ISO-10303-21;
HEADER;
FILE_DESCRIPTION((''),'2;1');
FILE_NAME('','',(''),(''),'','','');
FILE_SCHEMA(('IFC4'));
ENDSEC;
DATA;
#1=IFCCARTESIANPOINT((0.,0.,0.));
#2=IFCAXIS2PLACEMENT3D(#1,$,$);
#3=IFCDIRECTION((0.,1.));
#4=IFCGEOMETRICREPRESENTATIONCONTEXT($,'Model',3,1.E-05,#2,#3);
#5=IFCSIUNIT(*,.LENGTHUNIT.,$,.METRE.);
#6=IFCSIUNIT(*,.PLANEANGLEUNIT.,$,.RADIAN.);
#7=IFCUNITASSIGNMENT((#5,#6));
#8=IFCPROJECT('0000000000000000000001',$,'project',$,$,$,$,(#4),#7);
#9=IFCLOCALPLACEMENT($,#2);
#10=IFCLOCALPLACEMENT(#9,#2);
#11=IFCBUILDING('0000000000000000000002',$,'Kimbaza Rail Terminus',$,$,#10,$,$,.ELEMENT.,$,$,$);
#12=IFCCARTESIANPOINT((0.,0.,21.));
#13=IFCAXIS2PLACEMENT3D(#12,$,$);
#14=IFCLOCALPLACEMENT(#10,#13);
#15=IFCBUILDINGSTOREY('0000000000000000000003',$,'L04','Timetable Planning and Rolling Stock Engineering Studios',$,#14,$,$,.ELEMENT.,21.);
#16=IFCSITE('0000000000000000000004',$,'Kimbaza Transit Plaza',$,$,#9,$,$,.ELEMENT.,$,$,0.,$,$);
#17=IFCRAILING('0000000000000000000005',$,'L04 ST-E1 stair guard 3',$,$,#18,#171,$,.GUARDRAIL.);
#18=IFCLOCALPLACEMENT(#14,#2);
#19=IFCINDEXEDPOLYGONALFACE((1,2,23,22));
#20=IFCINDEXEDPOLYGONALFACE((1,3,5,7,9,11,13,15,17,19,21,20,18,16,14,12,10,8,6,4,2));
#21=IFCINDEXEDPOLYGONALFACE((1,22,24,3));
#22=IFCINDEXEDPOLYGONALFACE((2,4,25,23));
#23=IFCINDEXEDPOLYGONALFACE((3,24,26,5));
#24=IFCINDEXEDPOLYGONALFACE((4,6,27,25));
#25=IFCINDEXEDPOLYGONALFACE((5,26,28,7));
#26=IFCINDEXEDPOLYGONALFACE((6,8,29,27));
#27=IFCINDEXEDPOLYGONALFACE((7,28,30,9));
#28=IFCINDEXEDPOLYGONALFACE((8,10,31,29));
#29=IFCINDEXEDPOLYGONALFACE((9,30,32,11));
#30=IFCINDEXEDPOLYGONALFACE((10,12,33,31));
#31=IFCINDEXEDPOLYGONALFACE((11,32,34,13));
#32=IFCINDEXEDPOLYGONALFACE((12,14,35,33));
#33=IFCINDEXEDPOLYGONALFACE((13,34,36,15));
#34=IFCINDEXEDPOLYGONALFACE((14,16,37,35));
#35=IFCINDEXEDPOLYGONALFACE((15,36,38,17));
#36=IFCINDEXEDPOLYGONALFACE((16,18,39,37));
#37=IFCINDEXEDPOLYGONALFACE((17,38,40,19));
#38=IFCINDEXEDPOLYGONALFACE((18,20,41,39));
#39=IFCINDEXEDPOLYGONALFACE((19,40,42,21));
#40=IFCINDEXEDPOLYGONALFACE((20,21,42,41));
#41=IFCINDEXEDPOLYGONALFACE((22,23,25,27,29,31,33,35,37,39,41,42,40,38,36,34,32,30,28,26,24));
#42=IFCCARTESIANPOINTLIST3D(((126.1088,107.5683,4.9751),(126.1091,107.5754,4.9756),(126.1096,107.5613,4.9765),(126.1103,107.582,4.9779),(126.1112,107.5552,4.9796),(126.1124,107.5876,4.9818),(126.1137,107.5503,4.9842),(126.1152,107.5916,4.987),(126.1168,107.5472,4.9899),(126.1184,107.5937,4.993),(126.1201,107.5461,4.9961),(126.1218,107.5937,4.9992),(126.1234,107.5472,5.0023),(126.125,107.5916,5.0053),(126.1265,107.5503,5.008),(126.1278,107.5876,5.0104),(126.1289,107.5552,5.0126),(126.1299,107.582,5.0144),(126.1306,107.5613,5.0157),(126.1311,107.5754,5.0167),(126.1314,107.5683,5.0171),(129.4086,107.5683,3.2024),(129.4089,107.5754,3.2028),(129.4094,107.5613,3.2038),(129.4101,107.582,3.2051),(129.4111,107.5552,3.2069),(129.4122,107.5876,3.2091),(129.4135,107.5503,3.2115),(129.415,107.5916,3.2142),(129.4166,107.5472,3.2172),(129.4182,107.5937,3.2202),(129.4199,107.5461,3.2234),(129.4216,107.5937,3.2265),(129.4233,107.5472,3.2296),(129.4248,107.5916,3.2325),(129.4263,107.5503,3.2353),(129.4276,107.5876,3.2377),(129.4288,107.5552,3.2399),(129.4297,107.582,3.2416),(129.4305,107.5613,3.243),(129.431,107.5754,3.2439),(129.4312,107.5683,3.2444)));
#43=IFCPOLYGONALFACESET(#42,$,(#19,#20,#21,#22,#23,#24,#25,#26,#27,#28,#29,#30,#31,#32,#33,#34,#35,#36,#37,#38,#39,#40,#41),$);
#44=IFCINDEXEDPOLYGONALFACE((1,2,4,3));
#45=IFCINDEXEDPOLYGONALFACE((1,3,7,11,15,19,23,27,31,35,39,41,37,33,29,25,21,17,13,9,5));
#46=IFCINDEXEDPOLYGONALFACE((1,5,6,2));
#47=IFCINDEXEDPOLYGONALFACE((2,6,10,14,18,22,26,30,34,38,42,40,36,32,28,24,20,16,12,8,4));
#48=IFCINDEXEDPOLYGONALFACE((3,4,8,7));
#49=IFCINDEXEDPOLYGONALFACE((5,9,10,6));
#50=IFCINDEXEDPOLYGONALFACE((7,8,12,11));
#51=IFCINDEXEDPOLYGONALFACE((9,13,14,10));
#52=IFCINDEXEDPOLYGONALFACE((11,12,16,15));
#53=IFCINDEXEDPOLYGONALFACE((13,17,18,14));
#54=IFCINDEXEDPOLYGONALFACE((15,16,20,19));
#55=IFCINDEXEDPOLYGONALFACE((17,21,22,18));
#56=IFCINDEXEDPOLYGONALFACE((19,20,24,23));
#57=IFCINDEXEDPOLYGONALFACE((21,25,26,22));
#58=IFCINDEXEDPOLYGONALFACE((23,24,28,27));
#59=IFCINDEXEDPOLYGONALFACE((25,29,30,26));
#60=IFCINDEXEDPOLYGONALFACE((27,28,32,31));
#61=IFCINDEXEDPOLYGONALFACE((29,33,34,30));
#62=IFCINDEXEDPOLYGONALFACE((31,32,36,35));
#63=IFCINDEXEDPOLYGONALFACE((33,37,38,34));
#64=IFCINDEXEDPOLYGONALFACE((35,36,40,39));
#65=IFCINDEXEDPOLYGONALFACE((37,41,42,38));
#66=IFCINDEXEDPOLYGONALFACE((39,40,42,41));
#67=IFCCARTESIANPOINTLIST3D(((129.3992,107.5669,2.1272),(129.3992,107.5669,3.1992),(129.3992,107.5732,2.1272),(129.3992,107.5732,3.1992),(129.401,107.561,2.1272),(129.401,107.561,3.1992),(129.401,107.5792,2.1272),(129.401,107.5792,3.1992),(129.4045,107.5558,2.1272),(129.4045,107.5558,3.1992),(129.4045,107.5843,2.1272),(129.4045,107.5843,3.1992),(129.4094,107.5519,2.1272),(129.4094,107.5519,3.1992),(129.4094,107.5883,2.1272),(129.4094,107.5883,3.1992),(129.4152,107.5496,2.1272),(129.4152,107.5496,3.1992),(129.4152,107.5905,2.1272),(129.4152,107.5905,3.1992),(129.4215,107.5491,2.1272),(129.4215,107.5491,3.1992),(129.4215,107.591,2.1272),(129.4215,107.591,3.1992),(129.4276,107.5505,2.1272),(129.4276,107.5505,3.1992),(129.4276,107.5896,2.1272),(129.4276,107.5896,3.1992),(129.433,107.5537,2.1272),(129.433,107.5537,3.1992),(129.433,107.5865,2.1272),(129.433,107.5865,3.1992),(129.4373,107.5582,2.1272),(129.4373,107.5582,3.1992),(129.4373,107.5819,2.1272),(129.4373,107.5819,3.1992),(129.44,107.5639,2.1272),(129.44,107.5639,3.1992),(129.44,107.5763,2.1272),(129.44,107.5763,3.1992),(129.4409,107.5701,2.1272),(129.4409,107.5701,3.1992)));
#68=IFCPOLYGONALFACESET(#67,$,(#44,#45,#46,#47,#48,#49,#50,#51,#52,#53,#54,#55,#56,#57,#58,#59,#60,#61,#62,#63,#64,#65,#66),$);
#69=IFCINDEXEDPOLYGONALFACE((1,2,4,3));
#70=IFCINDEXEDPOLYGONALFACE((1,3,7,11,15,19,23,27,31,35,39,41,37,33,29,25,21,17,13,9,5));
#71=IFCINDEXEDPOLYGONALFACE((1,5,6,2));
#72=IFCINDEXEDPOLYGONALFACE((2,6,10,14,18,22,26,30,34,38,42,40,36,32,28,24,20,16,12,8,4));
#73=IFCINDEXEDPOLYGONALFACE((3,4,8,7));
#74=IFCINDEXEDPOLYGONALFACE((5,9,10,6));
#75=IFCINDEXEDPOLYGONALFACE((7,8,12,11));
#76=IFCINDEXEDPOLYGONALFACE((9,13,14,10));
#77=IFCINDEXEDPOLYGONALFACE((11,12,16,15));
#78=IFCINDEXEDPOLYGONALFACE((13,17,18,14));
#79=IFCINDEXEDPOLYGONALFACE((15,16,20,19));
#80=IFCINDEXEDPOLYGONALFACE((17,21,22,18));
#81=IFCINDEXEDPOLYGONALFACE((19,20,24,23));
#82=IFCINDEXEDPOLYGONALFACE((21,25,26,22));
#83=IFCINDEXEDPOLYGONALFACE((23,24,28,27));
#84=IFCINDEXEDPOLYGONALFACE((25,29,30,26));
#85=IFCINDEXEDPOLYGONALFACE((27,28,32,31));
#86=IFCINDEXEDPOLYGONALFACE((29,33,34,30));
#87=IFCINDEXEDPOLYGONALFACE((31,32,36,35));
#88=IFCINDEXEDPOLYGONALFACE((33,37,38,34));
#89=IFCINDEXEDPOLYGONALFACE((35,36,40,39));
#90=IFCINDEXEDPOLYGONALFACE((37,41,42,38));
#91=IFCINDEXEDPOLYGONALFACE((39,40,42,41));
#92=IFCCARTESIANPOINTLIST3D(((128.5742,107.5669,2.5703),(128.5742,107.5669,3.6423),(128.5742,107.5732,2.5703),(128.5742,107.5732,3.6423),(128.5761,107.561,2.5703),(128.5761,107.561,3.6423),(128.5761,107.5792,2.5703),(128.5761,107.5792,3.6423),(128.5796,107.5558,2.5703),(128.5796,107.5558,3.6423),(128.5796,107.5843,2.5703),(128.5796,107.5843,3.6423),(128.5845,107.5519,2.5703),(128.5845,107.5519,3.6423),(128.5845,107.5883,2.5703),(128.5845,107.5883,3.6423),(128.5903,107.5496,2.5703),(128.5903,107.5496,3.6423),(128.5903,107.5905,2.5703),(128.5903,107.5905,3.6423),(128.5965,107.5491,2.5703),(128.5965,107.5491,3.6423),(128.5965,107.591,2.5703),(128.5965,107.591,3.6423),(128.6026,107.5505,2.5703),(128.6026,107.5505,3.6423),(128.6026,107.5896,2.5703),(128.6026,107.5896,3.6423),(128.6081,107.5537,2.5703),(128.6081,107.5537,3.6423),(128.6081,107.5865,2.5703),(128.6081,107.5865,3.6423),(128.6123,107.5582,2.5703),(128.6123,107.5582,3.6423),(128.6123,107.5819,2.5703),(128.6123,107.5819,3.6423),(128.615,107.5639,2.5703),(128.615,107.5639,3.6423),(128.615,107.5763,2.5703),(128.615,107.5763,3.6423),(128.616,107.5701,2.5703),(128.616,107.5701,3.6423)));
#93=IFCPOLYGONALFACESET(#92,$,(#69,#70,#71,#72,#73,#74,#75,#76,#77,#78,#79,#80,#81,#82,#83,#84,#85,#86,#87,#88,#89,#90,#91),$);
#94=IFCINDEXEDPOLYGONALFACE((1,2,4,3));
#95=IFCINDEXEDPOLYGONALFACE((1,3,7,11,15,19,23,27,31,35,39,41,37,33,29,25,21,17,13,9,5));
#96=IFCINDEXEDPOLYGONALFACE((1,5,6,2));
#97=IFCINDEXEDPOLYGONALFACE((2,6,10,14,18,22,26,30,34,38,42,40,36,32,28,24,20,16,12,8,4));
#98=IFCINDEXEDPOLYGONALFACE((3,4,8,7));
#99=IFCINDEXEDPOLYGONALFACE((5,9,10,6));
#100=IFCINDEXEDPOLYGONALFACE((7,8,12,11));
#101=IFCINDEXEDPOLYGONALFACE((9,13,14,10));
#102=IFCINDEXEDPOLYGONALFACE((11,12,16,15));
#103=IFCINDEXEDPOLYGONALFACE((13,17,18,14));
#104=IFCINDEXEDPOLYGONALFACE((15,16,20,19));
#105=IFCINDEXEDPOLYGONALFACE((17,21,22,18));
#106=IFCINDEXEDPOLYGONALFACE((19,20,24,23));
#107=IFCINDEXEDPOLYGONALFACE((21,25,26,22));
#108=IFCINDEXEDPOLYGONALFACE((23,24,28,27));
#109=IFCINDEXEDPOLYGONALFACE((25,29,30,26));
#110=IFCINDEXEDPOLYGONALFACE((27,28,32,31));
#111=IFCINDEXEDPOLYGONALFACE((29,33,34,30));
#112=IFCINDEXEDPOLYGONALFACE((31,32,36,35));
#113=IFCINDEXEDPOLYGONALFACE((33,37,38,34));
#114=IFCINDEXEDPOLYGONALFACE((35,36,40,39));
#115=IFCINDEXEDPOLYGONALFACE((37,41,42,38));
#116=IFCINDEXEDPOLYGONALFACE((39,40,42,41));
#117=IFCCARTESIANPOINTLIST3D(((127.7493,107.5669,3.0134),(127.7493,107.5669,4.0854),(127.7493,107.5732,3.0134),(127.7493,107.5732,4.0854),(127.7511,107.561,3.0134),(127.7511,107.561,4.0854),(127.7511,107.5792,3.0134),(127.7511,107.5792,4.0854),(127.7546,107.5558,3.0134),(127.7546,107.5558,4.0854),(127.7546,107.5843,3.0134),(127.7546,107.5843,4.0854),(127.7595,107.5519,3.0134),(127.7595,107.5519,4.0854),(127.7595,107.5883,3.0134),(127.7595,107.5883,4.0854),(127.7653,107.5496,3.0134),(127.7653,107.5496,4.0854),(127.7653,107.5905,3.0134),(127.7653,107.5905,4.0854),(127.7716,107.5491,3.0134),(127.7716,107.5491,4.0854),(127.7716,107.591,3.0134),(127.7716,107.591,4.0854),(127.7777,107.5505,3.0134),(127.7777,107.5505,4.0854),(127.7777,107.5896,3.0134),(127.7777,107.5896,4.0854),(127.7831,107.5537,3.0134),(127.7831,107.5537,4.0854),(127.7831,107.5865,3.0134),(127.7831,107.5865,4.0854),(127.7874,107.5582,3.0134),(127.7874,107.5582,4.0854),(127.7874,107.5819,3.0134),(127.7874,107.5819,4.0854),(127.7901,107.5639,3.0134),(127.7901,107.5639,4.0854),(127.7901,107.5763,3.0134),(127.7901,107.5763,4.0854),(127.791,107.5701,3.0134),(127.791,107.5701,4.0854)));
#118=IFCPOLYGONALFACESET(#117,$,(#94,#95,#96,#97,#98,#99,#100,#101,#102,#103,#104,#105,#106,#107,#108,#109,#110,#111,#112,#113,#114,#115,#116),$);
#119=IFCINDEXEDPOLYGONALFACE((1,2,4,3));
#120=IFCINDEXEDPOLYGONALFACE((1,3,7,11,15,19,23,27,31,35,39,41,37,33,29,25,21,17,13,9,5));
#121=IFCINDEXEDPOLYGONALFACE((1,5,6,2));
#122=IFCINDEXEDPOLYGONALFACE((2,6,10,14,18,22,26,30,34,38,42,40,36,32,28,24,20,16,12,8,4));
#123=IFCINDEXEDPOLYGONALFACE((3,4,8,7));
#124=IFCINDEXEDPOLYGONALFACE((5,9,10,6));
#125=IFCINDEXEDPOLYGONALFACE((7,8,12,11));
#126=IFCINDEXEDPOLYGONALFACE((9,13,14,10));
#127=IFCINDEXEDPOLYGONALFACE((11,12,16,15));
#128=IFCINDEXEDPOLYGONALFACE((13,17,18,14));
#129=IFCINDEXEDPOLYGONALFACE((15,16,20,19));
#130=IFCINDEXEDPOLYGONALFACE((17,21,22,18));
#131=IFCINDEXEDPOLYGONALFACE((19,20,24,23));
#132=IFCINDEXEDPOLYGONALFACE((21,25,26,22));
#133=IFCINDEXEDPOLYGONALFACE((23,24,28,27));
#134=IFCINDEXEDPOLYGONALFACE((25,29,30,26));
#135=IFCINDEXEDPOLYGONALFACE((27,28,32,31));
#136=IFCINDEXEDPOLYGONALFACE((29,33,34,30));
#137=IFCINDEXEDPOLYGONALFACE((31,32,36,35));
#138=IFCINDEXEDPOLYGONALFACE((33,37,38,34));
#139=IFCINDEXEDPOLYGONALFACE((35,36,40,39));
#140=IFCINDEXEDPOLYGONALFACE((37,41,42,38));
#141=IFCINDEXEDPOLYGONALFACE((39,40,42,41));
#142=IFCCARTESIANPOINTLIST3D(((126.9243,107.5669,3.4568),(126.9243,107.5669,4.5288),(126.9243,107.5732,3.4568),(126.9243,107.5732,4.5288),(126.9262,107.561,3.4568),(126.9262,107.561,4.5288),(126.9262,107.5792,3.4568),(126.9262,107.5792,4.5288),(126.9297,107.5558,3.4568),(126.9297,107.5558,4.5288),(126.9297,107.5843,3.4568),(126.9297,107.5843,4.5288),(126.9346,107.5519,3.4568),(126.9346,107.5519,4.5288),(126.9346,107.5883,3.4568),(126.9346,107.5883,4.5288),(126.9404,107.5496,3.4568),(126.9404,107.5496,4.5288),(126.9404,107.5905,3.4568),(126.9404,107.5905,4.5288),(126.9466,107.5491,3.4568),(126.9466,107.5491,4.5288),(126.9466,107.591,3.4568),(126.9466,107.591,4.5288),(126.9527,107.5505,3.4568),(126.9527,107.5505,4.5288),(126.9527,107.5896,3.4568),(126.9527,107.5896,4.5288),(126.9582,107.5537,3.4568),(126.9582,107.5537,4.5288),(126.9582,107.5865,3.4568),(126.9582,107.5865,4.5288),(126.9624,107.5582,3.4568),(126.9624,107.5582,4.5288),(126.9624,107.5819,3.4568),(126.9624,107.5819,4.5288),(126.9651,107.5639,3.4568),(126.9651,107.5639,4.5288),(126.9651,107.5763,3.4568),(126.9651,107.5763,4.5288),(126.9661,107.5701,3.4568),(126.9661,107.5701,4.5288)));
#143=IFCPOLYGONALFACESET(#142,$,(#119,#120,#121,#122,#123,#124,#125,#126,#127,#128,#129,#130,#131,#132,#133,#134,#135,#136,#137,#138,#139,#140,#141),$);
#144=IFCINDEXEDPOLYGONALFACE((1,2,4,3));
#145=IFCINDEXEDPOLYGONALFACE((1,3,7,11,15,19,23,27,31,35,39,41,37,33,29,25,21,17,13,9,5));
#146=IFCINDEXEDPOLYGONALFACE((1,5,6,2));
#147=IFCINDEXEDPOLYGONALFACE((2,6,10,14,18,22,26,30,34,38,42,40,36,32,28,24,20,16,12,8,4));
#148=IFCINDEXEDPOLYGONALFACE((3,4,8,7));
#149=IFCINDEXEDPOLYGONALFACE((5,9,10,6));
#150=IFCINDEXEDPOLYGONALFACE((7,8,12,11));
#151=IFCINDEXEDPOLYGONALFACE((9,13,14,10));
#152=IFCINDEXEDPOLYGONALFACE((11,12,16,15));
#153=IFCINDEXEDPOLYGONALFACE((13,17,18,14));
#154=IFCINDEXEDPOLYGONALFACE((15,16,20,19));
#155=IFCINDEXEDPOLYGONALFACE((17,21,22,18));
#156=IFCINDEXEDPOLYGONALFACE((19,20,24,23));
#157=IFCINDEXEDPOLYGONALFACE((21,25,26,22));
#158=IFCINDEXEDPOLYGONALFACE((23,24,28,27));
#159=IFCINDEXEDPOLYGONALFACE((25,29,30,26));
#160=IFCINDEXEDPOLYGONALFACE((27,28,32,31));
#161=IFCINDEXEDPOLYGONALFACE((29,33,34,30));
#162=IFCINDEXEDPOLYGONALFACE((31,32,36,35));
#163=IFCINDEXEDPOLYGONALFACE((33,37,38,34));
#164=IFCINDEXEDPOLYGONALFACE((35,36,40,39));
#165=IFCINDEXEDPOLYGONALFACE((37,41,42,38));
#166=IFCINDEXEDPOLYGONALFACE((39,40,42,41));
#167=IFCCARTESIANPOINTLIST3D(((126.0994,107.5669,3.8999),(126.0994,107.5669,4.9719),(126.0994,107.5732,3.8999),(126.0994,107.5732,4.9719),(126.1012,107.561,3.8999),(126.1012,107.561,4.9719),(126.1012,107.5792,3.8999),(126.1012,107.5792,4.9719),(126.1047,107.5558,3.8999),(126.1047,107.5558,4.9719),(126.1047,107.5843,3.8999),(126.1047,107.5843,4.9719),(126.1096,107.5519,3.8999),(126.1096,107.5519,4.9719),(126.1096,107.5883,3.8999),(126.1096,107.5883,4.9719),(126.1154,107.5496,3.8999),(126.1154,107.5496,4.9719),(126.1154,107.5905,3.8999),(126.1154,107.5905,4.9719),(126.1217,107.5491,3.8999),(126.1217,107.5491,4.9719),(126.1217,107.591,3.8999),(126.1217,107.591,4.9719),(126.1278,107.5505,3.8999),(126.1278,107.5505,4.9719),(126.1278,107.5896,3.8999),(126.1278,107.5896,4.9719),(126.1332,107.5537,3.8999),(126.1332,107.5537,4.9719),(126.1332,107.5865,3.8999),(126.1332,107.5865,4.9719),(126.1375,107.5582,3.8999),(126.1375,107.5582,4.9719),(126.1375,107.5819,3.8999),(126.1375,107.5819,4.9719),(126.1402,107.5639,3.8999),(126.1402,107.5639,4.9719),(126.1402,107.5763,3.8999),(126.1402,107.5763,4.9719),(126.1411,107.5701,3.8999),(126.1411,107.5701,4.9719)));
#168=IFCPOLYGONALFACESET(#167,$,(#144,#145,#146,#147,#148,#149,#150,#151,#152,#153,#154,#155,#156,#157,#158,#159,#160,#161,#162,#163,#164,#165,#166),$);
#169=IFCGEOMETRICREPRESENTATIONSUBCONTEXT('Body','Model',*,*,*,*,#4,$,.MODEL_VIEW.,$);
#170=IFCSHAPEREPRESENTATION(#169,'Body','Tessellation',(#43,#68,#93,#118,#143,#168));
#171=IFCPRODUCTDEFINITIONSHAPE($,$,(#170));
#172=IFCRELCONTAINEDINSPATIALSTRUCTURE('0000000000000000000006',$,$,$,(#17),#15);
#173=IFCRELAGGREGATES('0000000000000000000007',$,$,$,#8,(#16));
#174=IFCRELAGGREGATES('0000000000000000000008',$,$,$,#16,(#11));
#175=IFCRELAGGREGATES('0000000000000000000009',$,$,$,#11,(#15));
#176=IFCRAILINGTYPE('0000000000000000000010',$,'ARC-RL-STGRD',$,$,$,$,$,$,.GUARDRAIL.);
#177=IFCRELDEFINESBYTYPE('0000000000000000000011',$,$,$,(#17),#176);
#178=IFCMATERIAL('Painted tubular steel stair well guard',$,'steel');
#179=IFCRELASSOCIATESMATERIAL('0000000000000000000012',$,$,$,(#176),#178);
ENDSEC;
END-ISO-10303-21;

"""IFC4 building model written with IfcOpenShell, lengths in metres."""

from ifc_helpers import new_model, si_unit, direction, frame, origin, origin_2d, place, context, subcontext, project, spatial, circle, extrude, material, type_object, element, save


model = new_model("IFC4")

# Units and contexts
model_context = context("Model", 3, precision=1e-05, world=origin(), true_north=direction((0.0, 1.0)))
body_context = subcontext(model_context, "Body", "Model", "MODEL_VIEW")
ifc_project = project(units=[si_unit("LENGTHUNIT", "METRE"), si_unit("PLANEANGLEUNIT", "RADIAN")], contexts=[model_context])

# Site, building, storey
site_placement = place(None, origin())
site = spatial("IfcSite", under=ifc_project, at=site_placement, Name="Kimbaza Transit Plaza", CompositionType="ELEMENT", RefElevation=0.0)
building_placement = place(site_placement, origin())
building = spatial("IfcBuilding", under=site, at=building_placement, Name="Kimbaza Rail Terminus", CompositionType="ELEMENT")
storey_placement = place(building_placement, frame((0.0, 0.0, 21.0)))
storey = spatial("IfcBuildingStorey", under=building, at=storey_placement, Name="L04", Description="Timetable Planning and Rolling Stock Engineering Studios", CompositionType="ELEMENT", Elevation=21.0)

# Railing
ifc_material_1 = material(Name="Painted tubular steel stair well guard", Category="steel")
railing_type_1 = type_object("IfcRailingType", Name="ARC-RL-STGRD", PredefinedType="GUARDRAIL", material=ifc_material_1)
railing_1_placement = place(storey_placement, frame((129.4199, 107.5701, 2.1272)))
element("IfcRailing", 1, at=railing_1_placement, inside=storey, type_object=railing_type_1, Name="L04 ST-E1 stair guard 3", PredefinedType="GUARDRAIL", context=body_context, shape_type="SweptSolid", body=[
    extrude(circle(Radius=0.0239, at=origin_2d()), frame((0.0, 0.0, 1.0962), z_axis=(-0.880929, 0.0, 0.473248), x_axis=(0.0, -1.0, 0.0)), (0.0, 0.0, 1.0), 3.7458),
    extrude(circle(Radius=0.021, at=origin_2d()), origin(), (0.0, 0.0, 1.0), 1.072),
    extrude(circle(Radius=0.021, at=origin_2d()), frame((-0.825, 0.0, 0.4431)), (0.0, 0.0, 1.0), 1.072),
    extrude(circle(Radius=0.021, at=origin_2d()), frame((-1.6499, 0.0, 0.8862)), (0.0, 0.0, 1.0), 1.072),
    extrude(circle(Radius=0.021, at=origin_2d()), frame((-2.4749, 0.0, 1.3296)), (0.0, 0.0, 1.0), 1.072),
    extrude(circle(Radius=0.021, at=origin_2d()), frame((-3.2998, 0.0, 1.7727)), (0.0, 0.0, 1.0), 1.072),
])

save(model, "model.ifc")
